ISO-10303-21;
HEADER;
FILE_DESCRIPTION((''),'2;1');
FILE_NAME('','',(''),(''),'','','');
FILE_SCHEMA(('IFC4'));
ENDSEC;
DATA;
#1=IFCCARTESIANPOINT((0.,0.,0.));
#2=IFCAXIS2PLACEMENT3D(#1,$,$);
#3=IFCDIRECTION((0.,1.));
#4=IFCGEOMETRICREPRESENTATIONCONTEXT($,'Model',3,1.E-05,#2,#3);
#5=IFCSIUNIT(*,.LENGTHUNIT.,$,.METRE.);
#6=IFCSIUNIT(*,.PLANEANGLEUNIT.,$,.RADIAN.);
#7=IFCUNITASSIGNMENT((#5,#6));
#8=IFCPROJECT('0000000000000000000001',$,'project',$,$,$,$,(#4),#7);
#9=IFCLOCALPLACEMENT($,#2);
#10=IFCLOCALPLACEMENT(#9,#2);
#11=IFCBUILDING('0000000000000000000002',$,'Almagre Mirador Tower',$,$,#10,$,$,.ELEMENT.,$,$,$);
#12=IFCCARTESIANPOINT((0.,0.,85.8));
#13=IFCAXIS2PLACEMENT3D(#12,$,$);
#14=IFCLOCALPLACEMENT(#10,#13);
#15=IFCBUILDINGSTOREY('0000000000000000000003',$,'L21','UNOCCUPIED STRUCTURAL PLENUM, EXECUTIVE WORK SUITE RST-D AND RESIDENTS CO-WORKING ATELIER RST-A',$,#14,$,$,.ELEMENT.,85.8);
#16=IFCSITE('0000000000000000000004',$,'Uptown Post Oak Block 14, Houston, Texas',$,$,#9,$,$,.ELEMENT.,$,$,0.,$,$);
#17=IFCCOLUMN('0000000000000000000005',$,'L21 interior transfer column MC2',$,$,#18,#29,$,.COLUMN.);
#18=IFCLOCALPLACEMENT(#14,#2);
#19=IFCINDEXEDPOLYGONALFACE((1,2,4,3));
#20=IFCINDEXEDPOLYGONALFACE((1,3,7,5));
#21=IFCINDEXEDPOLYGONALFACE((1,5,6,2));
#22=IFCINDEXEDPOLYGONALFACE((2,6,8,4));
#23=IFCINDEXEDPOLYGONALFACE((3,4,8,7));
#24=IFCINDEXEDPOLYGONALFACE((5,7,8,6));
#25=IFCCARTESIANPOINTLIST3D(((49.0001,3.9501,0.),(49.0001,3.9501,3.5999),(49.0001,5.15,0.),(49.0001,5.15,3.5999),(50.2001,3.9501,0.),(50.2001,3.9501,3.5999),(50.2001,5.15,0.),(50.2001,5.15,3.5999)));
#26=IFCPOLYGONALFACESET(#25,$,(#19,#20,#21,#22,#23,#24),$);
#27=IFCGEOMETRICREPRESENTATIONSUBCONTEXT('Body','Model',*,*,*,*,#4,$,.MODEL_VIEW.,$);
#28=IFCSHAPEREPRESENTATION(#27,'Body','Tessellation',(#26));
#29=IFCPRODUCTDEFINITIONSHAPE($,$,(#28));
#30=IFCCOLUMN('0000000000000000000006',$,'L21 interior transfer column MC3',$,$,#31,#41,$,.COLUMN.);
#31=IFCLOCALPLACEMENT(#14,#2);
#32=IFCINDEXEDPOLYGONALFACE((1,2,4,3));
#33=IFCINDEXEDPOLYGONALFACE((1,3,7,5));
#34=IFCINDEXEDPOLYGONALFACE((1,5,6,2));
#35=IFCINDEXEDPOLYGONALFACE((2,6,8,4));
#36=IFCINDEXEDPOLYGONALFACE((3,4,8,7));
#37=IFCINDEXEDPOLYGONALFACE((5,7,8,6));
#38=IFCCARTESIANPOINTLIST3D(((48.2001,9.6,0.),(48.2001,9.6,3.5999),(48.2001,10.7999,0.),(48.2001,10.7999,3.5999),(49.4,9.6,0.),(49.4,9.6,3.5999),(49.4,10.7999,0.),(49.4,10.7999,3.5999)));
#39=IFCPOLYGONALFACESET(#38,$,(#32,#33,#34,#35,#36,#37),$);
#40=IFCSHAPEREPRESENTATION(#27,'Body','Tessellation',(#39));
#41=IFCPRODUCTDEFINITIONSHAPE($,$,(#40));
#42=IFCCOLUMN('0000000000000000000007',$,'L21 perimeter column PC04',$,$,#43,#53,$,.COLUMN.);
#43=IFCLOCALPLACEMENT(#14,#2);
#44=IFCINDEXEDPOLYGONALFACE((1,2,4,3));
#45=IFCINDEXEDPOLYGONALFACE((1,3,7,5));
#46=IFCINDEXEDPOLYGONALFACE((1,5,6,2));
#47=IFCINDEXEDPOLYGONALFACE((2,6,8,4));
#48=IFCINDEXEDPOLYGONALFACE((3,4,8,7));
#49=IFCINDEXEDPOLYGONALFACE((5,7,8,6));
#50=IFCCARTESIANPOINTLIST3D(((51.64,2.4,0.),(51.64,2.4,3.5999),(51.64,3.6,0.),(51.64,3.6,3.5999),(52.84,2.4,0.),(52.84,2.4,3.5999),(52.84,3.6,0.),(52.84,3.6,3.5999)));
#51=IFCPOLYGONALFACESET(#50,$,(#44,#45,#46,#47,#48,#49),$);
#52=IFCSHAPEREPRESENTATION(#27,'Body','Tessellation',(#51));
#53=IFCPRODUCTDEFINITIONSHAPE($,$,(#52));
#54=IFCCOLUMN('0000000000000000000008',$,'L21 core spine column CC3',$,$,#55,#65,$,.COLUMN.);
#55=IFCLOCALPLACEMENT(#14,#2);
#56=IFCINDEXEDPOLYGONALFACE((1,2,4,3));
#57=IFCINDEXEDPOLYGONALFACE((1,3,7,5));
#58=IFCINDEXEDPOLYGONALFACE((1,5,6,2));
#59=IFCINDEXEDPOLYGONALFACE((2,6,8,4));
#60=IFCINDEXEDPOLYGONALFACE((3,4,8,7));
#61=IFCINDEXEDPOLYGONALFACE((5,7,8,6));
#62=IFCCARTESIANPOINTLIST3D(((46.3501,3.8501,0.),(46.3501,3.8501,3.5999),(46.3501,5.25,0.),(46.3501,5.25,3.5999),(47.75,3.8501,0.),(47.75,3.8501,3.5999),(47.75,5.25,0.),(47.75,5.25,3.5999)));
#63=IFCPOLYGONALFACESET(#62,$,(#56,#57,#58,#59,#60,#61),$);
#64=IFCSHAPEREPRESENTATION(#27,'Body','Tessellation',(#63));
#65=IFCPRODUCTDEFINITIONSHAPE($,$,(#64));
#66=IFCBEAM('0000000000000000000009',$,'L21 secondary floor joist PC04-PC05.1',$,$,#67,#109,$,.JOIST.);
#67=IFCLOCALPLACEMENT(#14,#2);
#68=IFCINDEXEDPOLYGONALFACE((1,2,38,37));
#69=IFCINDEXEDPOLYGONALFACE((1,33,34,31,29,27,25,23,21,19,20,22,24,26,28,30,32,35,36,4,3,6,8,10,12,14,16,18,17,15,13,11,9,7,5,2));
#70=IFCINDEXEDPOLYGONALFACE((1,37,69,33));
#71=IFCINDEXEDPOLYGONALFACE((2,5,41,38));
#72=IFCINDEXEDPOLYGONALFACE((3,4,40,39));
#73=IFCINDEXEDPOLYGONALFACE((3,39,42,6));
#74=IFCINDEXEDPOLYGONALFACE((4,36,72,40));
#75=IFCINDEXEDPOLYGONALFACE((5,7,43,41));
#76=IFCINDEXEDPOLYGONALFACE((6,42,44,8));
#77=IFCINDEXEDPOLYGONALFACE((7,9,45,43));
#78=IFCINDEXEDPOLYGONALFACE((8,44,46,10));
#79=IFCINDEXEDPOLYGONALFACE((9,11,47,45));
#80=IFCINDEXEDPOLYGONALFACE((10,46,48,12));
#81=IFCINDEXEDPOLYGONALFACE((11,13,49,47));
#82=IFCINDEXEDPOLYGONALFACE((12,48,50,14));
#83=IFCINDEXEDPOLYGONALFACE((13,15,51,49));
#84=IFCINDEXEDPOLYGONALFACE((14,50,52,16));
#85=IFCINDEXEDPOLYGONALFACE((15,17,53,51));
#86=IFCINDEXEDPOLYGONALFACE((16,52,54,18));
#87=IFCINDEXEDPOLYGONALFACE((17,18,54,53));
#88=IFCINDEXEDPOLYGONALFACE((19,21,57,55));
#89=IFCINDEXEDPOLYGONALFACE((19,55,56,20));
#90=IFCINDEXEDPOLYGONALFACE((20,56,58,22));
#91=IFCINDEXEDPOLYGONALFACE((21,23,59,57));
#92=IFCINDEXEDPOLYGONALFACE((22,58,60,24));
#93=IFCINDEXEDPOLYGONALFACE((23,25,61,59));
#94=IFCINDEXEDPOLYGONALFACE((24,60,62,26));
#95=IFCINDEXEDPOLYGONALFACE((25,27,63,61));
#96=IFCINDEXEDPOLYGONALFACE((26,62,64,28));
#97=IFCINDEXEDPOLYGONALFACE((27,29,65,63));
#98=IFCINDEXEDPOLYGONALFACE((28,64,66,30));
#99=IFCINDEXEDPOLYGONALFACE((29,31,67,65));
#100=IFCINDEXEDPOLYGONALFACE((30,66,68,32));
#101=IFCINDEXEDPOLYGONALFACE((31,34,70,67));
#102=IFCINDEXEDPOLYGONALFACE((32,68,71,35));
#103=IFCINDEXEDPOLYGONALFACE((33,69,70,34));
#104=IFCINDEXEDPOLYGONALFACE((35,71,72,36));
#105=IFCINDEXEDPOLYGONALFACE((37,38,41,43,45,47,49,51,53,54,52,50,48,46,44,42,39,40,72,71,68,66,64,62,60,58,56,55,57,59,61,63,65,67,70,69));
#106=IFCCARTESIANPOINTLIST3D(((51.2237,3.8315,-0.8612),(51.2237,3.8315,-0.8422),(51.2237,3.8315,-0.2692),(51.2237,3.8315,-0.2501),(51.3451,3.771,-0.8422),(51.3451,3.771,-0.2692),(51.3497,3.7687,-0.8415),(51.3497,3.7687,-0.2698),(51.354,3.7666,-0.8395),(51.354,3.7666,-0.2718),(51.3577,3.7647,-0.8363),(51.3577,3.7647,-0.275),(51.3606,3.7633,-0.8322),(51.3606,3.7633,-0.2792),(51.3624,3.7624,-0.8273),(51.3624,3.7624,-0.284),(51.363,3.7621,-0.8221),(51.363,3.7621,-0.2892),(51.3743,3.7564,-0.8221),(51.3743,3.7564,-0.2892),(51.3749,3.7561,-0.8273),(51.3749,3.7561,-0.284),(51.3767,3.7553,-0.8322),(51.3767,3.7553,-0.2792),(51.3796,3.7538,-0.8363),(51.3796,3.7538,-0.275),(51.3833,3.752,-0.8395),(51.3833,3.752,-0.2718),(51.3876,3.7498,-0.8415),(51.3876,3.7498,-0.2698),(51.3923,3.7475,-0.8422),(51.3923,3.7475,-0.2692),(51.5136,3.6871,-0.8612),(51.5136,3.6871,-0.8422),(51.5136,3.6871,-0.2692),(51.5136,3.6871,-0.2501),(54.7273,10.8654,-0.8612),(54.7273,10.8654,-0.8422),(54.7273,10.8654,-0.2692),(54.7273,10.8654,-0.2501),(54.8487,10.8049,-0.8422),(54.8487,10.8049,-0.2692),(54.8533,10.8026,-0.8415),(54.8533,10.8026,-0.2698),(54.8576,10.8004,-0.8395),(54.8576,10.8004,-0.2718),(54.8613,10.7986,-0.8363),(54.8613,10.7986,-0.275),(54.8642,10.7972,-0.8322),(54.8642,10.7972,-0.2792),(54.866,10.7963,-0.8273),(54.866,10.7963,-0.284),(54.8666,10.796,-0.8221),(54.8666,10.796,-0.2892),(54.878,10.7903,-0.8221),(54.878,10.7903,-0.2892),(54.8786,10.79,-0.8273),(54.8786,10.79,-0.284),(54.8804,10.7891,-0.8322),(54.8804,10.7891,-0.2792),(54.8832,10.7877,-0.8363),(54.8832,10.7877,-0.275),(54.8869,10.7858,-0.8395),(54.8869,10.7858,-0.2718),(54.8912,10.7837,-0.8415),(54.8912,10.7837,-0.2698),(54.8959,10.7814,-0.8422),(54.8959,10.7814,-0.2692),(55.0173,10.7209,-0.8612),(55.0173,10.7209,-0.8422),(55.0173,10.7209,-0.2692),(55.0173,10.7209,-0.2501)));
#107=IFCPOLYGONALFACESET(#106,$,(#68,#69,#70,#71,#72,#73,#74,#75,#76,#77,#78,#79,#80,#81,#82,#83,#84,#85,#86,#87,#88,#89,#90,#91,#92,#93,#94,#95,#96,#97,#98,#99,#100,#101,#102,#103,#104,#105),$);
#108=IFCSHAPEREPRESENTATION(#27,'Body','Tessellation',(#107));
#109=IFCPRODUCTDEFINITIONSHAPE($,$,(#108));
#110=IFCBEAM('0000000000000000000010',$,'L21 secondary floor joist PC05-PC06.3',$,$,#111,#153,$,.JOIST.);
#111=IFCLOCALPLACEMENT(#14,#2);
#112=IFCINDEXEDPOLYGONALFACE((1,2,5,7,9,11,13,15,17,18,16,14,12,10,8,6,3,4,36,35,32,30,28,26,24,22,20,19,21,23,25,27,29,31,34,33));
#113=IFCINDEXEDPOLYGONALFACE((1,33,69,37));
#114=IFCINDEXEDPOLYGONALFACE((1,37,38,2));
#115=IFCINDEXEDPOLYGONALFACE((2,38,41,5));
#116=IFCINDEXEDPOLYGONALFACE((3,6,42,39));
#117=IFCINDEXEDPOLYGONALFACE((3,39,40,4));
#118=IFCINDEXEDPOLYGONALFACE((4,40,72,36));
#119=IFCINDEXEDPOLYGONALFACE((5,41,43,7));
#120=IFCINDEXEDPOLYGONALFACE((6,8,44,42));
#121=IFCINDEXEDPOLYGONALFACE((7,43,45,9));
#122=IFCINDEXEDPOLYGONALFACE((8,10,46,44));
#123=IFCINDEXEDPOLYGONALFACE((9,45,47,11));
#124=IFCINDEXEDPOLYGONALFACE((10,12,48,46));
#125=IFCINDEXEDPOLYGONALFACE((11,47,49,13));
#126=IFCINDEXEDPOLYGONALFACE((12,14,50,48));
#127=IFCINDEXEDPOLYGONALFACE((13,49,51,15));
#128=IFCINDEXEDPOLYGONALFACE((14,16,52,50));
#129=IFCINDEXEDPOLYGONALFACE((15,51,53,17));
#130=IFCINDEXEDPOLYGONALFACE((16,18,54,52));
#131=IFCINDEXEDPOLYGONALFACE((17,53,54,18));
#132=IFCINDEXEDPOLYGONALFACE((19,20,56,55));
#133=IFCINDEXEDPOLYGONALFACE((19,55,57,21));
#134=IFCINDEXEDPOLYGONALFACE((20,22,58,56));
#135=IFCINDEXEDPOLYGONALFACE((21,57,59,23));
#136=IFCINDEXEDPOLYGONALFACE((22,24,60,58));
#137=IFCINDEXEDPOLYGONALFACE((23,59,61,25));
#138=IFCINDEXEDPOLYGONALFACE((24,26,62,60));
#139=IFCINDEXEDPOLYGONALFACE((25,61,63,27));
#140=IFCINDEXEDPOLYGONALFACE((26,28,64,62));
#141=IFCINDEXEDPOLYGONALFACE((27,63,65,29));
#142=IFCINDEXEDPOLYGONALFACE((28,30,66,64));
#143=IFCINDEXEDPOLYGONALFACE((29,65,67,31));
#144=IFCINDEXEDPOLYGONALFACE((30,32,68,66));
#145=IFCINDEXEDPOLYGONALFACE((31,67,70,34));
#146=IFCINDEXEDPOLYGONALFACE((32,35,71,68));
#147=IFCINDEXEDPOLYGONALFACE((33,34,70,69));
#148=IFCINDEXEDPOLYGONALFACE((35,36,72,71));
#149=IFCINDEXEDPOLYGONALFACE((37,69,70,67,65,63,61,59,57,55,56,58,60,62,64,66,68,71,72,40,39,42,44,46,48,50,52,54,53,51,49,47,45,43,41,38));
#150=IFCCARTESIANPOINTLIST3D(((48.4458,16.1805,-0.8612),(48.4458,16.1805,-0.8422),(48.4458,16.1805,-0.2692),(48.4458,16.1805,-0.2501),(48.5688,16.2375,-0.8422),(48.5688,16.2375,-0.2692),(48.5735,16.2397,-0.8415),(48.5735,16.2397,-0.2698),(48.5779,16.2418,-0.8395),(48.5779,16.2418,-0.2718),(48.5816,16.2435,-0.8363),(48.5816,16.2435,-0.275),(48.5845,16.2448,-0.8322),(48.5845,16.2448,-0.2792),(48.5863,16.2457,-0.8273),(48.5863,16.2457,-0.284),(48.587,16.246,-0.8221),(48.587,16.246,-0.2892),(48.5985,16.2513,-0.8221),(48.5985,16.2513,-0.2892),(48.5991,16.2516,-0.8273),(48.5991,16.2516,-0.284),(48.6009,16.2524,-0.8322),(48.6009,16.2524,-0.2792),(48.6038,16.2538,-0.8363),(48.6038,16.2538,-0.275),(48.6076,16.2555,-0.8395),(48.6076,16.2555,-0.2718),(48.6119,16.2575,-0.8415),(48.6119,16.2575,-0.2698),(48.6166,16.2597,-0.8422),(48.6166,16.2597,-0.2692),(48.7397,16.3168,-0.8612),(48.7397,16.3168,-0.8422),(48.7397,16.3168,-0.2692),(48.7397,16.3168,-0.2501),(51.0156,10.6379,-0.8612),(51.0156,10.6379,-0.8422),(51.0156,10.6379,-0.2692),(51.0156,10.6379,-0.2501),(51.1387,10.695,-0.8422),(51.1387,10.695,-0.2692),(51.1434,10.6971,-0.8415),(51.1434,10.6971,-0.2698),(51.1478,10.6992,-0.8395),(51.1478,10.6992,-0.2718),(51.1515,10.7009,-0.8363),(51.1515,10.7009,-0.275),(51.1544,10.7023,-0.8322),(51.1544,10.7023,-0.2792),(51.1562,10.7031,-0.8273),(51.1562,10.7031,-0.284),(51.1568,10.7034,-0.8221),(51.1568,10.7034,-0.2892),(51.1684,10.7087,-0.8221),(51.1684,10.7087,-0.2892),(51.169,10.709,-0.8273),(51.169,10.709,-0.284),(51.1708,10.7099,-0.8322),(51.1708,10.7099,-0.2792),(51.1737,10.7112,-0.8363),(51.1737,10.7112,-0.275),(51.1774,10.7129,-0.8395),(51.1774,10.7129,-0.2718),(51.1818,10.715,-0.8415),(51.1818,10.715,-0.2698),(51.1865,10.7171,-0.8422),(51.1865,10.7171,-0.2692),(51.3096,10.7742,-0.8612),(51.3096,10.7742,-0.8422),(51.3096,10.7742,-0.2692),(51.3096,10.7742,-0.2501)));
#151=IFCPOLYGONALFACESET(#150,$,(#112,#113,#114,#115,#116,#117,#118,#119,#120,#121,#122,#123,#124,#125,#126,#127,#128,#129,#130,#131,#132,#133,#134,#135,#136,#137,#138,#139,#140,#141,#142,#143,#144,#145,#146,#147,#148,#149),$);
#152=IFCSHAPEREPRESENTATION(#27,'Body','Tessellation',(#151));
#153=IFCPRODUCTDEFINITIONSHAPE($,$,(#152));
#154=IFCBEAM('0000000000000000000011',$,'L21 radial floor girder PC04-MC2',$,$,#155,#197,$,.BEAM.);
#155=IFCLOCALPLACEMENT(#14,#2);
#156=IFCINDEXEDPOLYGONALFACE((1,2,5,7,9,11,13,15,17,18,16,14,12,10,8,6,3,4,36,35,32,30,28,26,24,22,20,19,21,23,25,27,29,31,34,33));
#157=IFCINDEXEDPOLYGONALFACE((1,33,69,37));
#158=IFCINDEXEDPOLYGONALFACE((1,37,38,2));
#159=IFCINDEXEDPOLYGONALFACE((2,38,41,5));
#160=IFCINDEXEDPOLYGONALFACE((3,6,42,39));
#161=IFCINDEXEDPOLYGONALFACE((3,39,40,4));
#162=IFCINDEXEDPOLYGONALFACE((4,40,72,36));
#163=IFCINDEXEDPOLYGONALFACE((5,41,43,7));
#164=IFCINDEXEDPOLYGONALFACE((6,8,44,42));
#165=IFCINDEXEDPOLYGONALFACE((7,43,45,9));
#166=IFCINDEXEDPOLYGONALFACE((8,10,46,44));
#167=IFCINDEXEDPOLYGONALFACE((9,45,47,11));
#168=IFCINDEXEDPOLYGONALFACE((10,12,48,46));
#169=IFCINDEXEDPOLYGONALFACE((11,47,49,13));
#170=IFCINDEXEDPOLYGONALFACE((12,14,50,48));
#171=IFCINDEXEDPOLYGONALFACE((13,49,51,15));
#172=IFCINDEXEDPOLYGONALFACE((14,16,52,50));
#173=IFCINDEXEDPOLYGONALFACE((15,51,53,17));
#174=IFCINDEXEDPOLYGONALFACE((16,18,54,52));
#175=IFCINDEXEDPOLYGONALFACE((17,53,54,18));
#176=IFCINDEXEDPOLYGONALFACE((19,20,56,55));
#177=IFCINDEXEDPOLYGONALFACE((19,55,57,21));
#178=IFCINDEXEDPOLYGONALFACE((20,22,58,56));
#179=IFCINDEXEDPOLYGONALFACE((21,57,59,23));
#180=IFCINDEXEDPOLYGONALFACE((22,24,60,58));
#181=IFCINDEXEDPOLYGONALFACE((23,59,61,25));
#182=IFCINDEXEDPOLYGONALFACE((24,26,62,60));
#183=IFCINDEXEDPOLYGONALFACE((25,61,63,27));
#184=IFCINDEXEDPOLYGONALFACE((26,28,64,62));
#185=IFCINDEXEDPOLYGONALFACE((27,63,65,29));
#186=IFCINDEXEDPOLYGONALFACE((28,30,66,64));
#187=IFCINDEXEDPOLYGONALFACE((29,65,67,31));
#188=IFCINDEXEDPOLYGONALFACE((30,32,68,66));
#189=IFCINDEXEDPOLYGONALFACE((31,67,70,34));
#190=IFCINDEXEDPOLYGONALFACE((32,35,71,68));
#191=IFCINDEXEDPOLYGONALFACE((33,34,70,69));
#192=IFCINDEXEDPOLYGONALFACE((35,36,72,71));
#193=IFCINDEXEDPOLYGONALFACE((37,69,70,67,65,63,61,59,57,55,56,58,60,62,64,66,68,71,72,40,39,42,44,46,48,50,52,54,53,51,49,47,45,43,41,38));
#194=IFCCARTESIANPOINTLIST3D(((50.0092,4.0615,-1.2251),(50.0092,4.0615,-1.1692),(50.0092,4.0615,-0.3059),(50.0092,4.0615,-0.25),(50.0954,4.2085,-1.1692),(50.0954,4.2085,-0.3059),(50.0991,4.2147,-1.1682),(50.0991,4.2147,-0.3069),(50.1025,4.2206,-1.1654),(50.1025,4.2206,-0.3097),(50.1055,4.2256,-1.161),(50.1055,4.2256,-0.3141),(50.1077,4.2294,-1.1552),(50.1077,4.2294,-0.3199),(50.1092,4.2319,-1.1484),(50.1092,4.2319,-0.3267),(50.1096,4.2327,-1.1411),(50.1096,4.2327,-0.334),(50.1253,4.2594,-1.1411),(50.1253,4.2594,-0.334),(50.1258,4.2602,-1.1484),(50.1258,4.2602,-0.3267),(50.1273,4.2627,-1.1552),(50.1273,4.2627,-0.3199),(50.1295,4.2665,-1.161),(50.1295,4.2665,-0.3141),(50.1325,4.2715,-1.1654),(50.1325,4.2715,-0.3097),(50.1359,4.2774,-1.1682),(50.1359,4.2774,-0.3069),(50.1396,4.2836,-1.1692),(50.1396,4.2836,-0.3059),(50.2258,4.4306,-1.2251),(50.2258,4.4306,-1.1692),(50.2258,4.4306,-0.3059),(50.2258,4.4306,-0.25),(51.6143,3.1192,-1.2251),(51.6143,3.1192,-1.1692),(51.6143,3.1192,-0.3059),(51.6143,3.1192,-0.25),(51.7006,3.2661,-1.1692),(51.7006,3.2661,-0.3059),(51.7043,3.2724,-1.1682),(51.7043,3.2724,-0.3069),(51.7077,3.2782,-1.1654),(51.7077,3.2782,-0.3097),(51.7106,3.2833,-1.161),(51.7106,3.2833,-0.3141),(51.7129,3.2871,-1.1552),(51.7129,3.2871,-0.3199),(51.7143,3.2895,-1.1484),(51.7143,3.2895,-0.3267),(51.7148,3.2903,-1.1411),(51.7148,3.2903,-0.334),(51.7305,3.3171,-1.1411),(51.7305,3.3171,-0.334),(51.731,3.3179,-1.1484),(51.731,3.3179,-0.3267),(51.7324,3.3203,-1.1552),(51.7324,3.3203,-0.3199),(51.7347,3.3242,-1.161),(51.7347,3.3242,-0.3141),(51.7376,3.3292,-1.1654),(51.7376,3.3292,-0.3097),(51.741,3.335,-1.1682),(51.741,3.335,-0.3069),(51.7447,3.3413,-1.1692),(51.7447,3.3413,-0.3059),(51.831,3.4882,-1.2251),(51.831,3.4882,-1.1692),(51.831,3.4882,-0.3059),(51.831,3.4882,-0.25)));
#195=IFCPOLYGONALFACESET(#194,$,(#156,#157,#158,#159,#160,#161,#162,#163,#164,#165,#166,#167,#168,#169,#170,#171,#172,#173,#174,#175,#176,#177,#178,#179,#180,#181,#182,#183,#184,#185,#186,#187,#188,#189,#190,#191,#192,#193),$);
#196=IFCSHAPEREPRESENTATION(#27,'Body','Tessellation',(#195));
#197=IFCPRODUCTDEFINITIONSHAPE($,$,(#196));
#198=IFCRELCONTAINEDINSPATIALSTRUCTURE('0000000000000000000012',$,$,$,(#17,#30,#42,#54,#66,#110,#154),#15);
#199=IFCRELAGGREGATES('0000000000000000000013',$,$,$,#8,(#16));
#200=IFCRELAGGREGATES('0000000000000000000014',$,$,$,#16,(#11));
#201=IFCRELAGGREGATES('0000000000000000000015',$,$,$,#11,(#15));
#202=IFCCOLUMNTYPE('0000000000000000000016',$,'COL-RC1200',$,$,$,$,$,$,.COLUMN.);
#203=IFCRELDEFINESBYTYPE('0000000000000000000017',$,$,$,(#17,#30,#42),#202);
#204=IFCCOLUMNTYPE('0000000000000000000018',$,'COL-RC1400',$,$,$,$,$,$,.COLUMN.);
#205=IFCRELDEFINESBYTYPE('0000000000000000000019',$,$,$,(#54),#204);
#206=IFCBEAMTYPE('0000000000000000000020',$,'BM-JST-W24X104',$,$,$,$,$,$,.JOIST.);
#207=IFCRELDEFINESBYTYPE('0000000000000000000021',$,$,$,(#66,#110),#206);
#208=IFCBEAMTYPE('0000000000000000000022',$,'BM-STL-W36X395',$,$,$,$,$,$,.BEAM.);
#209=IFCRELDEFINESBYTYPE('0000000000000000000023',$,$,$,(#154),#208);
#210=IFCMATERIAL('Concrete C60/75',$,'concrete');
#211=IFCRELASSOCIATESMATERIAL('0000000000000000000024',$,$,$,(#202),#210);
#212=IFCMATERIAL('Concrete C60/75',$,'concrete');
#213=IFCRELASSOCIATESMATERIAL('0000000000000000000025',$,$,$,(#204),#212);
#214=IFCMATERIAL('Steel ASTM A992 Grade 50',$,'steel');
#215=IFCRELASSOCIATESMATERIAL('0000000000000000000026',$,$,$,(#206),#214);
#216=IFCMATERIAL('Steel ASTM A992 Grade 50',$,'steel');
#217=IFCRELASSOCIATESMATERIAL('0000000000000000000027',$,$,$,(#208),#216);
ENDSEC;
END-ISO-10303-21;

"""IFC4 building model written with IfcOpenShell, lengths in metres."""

from ifc_helpers import new_model, si_unit, direction, frame, origin, origin_2d, place, context, subcontext, project, spatial, rectangle, i_section, extrude, material, material_profile, profile_set, type_object, element, save


model = new_model("IFC4")

# Units and contexts
model_context = context("Model", 3, precision=1e-05, world=origin(), true_north=direction((0.0, 1.0)))
body_context = subcontext(model_context, "Body", "Model", "MODEL_VIEW")
ifc_project = project(units=[si_unit("LENGTHUNIT", "METRE"), si_unit("PLANEANGLEUNIT", "RADIAN")], contexts=[model_context])

# Site, building, storey
site_placement = place(None, origin())
site = spatial("IfcSite", under=ifc_project, at=site_placement, Name="Uptown Post Oak Block 14, Houston, Texas", CompositionType="ELEMENT", RefElevation=0.0)
building_placement = place(site_placement, origin())
building = spatial("IfcBuilding", under=site, at=building_placement, Name="Almagre Mirador Tower", CompositionType="ELEMENT")
storey_placement = place(building_placement, frame((0.0, 0.0, 85.8)))
storey = spatial("IfcBuildingStorey", under=building, at=storey_placement, Name="L21", Description="UNOCCUPIED STRUCTURAL PLENUM, EXECUTIVE WORK SUITE RST-D AND RESIDENTS CO-WORKING ATELIER RST-A", CompositionType="ELEMENT", Elevation=85.8)

# Columns
ifc_material_1 = material(Name="Concrete C60/75", Category="concrete")
ifc_material_profile_1 = material_profile(ifc_material_1, rectangle(XDim=1.2, YDim=1.2, at=origin_2d()), Name="RC1200X1200")
ifc_profile_set_1 = profile_set([ifc_material_profile_1], Name="Concrete C60/75")
column_type_1 = type_object("IfcColumnType", Name="COL-RC1200", PredefinedType="COLUMN", material=ifc_profile_set_1)
for number, where, z_axis, x_axis, name in (
    (1, (49.6001, 4.55, 0.0), (0.0, 0.0, 1.0), (1.0, 0.0, 0.0), "L21 interior transfer column MC2"),
    (2, (48.8, 10.2, 0.0), (0.0, 0.0, 1.0), (1.0, 0.0, 0.0), "L21 interior transfer column MC3"),
    (3, (52.24, 3.0, 0.0), (0.0, 0.0, 1.0), (1.0, 0.0, 0.0), "L21 perimeter column PC04"),
):
    element("IfcColumn", number, at=place(storey_placement, frame(where, z_axis=z_axis, x_axis=x_axis)), inside=storey, type_object=column_type_1, Name=name, PredefinedType="COLUMN", context=body_context, shape_type="SweptSolid", body=[
        extrude(rectangle(XDim=1.2, YDim=1.2, at=origin_2d()), origin(), (0.0, 0.0, 1.0), 3.5999),
    ])
ifc_material_2 = material(Name="Concrete C60/75", Category="concrete")
ifc_material_profile_2 = material_profile(ifc_material_2, rectangle(XDim=1.3999, YDim=1.3999, at=origin_2d()), Name="RC1400X1400")
ifc_profile_set_2 = profile_set([ifc_material_profile_2], Name="Concrete C60/75")
column_type_2 = type_object("IfcColumnType", Name="COL-RC1400", PredefinedType="COLUMN", material=ifc_profile_set_2)
column_placement = place(storey_placement, frame((47.05, 4.55, 0.0), z_axis=(0.0, 0.0, 1.0), x_axis=(1.0, 0.0, 0.0)))
element("IfcColumn", 4, at=column_placement, inside=storey, type_object=column_type_2, Name="L21 core spine column CC3", PredefinedType="COLUMN", context=body_context, shape_type="SweptSolid", body=[
    extrude(rectangle(XDim=1.3999, YDim=1.3999, at=origin_2d()), origin(), (0.0, 0.0, 1.0), 3.5999),
])

# Beams
ifc_material_3 = material(Name="Steel ASTM A992 Grade 50", Category="steel")
ifc_material_profile_3 = material_profile(ifc_material_3, i_section(OverallWidth=0.324, OverallDepth=0.6111, WebThickness=0.0127, FlangeThickness=0.019, FilletRadius=0.02, at=origin_2d()), Name="W24X104")
ifc_profile_set_3 = profile_set([ifc_material_profile_3], Name="Steel ASTM A992 Grade 50")
beam_type_1 = type_object("IfcBeamType", Name="BM-JST-W24X104", PredefinedType="JOIST", material=ifc_profile_set_3)
beam_1_placement = place(storey_placement, frame((51.3687, 3.7593, -0.5557), z_axis=(0.445859, 0.895103, 0.0), x_axis=(-0.895103, 0.445859, 0.0)))
element("IfcBeam", 5, at=beam_1_placement, inside=storey, type_object=beam_type_1, Name="L21 secondary floor joist PC04-PC05.1", PredefinedType="JOIST", context=body_context, shape_type="SweptSolid", body=[
    extrude(i_section(OverallWidth=0.324, OverallDepth=0.6111, WebThickness=0.0127, FlangeThickness=0.019, FilletRadius=0.02, at=origin_2d()), origin(), (0.0, 0.0, 1.0), 7.8582),
])
beam_2_placement = place(storey_placement, frame((51.1626, 10.7061, -0.5557), z_axis=(-0.420644, 0.907226, 0.0), x_axis=(-0.907226, -0.420644, 0.0)))
element("IfcBeam", 6, at=beam_2_placement, inside=storey, type_object=beam_type_1, Name="L21 secondary floor joist PC05-PC06.3", PredefinedType="JOIST", context=body_context, shape_type="SweptSolid", body=[
    extrude(i_section(OverallWidth=0.324, OverallDepth=0.6111, WebThickness=0.0127, FlangeThickness=0.019, FilletRadius=0.02, at=origin_2d()), origin(), (0.0, 0.0, 1.0), 6.1094),
])
ifc_material_4 = material(Name="Steel ASTM A992 Grade 50", Category="steel")
ifc_material_profile_4 = material_profile(ifc_material_4, i_section(OverallWidth=0.428, OverallDepth=0.9751, WebThickness=0.031, FlangeThickness=0.0559, FilletRadius=0.0281, at=origin_2d()), Name="W36X395")
ifc_profile_set_4 = profile_set([ifc_material_profile_4], Name="Steel ASTM A992 Grade 50")
beam_type_2 = type_object("IfcBeamType", Name="BM-STL-W36X395", PredefinedType="BEAM", material=ifc_profile_set_4)
beam_3_placement = place(storey_placement, frame((51.7227, 3.3037, -0.7375), z_axis=(-0.862372, 0.506275, 0.0), x_axis=(-0.506275, -0.862372, 0.0)))
element("IfcBeam", 7, at=beam_3_placement, inside=storey, type_object=beam_type_2, Name="L21 radial floor girder PC04-MC2", PredefinedType="BEAM", context=body_context, shape_type="SweptSolid", body=[
    extrude(i_section(OverallWidth=0.428, OverallDepth=0.9751, WebThickness=0.031, FlangeThickness=0.0559, FilletRadius=0.0281, at=origin_2d()), origin(), (0.0, 0.0, 1.0), 1.8613),
])

save(model, "model.ifc")
